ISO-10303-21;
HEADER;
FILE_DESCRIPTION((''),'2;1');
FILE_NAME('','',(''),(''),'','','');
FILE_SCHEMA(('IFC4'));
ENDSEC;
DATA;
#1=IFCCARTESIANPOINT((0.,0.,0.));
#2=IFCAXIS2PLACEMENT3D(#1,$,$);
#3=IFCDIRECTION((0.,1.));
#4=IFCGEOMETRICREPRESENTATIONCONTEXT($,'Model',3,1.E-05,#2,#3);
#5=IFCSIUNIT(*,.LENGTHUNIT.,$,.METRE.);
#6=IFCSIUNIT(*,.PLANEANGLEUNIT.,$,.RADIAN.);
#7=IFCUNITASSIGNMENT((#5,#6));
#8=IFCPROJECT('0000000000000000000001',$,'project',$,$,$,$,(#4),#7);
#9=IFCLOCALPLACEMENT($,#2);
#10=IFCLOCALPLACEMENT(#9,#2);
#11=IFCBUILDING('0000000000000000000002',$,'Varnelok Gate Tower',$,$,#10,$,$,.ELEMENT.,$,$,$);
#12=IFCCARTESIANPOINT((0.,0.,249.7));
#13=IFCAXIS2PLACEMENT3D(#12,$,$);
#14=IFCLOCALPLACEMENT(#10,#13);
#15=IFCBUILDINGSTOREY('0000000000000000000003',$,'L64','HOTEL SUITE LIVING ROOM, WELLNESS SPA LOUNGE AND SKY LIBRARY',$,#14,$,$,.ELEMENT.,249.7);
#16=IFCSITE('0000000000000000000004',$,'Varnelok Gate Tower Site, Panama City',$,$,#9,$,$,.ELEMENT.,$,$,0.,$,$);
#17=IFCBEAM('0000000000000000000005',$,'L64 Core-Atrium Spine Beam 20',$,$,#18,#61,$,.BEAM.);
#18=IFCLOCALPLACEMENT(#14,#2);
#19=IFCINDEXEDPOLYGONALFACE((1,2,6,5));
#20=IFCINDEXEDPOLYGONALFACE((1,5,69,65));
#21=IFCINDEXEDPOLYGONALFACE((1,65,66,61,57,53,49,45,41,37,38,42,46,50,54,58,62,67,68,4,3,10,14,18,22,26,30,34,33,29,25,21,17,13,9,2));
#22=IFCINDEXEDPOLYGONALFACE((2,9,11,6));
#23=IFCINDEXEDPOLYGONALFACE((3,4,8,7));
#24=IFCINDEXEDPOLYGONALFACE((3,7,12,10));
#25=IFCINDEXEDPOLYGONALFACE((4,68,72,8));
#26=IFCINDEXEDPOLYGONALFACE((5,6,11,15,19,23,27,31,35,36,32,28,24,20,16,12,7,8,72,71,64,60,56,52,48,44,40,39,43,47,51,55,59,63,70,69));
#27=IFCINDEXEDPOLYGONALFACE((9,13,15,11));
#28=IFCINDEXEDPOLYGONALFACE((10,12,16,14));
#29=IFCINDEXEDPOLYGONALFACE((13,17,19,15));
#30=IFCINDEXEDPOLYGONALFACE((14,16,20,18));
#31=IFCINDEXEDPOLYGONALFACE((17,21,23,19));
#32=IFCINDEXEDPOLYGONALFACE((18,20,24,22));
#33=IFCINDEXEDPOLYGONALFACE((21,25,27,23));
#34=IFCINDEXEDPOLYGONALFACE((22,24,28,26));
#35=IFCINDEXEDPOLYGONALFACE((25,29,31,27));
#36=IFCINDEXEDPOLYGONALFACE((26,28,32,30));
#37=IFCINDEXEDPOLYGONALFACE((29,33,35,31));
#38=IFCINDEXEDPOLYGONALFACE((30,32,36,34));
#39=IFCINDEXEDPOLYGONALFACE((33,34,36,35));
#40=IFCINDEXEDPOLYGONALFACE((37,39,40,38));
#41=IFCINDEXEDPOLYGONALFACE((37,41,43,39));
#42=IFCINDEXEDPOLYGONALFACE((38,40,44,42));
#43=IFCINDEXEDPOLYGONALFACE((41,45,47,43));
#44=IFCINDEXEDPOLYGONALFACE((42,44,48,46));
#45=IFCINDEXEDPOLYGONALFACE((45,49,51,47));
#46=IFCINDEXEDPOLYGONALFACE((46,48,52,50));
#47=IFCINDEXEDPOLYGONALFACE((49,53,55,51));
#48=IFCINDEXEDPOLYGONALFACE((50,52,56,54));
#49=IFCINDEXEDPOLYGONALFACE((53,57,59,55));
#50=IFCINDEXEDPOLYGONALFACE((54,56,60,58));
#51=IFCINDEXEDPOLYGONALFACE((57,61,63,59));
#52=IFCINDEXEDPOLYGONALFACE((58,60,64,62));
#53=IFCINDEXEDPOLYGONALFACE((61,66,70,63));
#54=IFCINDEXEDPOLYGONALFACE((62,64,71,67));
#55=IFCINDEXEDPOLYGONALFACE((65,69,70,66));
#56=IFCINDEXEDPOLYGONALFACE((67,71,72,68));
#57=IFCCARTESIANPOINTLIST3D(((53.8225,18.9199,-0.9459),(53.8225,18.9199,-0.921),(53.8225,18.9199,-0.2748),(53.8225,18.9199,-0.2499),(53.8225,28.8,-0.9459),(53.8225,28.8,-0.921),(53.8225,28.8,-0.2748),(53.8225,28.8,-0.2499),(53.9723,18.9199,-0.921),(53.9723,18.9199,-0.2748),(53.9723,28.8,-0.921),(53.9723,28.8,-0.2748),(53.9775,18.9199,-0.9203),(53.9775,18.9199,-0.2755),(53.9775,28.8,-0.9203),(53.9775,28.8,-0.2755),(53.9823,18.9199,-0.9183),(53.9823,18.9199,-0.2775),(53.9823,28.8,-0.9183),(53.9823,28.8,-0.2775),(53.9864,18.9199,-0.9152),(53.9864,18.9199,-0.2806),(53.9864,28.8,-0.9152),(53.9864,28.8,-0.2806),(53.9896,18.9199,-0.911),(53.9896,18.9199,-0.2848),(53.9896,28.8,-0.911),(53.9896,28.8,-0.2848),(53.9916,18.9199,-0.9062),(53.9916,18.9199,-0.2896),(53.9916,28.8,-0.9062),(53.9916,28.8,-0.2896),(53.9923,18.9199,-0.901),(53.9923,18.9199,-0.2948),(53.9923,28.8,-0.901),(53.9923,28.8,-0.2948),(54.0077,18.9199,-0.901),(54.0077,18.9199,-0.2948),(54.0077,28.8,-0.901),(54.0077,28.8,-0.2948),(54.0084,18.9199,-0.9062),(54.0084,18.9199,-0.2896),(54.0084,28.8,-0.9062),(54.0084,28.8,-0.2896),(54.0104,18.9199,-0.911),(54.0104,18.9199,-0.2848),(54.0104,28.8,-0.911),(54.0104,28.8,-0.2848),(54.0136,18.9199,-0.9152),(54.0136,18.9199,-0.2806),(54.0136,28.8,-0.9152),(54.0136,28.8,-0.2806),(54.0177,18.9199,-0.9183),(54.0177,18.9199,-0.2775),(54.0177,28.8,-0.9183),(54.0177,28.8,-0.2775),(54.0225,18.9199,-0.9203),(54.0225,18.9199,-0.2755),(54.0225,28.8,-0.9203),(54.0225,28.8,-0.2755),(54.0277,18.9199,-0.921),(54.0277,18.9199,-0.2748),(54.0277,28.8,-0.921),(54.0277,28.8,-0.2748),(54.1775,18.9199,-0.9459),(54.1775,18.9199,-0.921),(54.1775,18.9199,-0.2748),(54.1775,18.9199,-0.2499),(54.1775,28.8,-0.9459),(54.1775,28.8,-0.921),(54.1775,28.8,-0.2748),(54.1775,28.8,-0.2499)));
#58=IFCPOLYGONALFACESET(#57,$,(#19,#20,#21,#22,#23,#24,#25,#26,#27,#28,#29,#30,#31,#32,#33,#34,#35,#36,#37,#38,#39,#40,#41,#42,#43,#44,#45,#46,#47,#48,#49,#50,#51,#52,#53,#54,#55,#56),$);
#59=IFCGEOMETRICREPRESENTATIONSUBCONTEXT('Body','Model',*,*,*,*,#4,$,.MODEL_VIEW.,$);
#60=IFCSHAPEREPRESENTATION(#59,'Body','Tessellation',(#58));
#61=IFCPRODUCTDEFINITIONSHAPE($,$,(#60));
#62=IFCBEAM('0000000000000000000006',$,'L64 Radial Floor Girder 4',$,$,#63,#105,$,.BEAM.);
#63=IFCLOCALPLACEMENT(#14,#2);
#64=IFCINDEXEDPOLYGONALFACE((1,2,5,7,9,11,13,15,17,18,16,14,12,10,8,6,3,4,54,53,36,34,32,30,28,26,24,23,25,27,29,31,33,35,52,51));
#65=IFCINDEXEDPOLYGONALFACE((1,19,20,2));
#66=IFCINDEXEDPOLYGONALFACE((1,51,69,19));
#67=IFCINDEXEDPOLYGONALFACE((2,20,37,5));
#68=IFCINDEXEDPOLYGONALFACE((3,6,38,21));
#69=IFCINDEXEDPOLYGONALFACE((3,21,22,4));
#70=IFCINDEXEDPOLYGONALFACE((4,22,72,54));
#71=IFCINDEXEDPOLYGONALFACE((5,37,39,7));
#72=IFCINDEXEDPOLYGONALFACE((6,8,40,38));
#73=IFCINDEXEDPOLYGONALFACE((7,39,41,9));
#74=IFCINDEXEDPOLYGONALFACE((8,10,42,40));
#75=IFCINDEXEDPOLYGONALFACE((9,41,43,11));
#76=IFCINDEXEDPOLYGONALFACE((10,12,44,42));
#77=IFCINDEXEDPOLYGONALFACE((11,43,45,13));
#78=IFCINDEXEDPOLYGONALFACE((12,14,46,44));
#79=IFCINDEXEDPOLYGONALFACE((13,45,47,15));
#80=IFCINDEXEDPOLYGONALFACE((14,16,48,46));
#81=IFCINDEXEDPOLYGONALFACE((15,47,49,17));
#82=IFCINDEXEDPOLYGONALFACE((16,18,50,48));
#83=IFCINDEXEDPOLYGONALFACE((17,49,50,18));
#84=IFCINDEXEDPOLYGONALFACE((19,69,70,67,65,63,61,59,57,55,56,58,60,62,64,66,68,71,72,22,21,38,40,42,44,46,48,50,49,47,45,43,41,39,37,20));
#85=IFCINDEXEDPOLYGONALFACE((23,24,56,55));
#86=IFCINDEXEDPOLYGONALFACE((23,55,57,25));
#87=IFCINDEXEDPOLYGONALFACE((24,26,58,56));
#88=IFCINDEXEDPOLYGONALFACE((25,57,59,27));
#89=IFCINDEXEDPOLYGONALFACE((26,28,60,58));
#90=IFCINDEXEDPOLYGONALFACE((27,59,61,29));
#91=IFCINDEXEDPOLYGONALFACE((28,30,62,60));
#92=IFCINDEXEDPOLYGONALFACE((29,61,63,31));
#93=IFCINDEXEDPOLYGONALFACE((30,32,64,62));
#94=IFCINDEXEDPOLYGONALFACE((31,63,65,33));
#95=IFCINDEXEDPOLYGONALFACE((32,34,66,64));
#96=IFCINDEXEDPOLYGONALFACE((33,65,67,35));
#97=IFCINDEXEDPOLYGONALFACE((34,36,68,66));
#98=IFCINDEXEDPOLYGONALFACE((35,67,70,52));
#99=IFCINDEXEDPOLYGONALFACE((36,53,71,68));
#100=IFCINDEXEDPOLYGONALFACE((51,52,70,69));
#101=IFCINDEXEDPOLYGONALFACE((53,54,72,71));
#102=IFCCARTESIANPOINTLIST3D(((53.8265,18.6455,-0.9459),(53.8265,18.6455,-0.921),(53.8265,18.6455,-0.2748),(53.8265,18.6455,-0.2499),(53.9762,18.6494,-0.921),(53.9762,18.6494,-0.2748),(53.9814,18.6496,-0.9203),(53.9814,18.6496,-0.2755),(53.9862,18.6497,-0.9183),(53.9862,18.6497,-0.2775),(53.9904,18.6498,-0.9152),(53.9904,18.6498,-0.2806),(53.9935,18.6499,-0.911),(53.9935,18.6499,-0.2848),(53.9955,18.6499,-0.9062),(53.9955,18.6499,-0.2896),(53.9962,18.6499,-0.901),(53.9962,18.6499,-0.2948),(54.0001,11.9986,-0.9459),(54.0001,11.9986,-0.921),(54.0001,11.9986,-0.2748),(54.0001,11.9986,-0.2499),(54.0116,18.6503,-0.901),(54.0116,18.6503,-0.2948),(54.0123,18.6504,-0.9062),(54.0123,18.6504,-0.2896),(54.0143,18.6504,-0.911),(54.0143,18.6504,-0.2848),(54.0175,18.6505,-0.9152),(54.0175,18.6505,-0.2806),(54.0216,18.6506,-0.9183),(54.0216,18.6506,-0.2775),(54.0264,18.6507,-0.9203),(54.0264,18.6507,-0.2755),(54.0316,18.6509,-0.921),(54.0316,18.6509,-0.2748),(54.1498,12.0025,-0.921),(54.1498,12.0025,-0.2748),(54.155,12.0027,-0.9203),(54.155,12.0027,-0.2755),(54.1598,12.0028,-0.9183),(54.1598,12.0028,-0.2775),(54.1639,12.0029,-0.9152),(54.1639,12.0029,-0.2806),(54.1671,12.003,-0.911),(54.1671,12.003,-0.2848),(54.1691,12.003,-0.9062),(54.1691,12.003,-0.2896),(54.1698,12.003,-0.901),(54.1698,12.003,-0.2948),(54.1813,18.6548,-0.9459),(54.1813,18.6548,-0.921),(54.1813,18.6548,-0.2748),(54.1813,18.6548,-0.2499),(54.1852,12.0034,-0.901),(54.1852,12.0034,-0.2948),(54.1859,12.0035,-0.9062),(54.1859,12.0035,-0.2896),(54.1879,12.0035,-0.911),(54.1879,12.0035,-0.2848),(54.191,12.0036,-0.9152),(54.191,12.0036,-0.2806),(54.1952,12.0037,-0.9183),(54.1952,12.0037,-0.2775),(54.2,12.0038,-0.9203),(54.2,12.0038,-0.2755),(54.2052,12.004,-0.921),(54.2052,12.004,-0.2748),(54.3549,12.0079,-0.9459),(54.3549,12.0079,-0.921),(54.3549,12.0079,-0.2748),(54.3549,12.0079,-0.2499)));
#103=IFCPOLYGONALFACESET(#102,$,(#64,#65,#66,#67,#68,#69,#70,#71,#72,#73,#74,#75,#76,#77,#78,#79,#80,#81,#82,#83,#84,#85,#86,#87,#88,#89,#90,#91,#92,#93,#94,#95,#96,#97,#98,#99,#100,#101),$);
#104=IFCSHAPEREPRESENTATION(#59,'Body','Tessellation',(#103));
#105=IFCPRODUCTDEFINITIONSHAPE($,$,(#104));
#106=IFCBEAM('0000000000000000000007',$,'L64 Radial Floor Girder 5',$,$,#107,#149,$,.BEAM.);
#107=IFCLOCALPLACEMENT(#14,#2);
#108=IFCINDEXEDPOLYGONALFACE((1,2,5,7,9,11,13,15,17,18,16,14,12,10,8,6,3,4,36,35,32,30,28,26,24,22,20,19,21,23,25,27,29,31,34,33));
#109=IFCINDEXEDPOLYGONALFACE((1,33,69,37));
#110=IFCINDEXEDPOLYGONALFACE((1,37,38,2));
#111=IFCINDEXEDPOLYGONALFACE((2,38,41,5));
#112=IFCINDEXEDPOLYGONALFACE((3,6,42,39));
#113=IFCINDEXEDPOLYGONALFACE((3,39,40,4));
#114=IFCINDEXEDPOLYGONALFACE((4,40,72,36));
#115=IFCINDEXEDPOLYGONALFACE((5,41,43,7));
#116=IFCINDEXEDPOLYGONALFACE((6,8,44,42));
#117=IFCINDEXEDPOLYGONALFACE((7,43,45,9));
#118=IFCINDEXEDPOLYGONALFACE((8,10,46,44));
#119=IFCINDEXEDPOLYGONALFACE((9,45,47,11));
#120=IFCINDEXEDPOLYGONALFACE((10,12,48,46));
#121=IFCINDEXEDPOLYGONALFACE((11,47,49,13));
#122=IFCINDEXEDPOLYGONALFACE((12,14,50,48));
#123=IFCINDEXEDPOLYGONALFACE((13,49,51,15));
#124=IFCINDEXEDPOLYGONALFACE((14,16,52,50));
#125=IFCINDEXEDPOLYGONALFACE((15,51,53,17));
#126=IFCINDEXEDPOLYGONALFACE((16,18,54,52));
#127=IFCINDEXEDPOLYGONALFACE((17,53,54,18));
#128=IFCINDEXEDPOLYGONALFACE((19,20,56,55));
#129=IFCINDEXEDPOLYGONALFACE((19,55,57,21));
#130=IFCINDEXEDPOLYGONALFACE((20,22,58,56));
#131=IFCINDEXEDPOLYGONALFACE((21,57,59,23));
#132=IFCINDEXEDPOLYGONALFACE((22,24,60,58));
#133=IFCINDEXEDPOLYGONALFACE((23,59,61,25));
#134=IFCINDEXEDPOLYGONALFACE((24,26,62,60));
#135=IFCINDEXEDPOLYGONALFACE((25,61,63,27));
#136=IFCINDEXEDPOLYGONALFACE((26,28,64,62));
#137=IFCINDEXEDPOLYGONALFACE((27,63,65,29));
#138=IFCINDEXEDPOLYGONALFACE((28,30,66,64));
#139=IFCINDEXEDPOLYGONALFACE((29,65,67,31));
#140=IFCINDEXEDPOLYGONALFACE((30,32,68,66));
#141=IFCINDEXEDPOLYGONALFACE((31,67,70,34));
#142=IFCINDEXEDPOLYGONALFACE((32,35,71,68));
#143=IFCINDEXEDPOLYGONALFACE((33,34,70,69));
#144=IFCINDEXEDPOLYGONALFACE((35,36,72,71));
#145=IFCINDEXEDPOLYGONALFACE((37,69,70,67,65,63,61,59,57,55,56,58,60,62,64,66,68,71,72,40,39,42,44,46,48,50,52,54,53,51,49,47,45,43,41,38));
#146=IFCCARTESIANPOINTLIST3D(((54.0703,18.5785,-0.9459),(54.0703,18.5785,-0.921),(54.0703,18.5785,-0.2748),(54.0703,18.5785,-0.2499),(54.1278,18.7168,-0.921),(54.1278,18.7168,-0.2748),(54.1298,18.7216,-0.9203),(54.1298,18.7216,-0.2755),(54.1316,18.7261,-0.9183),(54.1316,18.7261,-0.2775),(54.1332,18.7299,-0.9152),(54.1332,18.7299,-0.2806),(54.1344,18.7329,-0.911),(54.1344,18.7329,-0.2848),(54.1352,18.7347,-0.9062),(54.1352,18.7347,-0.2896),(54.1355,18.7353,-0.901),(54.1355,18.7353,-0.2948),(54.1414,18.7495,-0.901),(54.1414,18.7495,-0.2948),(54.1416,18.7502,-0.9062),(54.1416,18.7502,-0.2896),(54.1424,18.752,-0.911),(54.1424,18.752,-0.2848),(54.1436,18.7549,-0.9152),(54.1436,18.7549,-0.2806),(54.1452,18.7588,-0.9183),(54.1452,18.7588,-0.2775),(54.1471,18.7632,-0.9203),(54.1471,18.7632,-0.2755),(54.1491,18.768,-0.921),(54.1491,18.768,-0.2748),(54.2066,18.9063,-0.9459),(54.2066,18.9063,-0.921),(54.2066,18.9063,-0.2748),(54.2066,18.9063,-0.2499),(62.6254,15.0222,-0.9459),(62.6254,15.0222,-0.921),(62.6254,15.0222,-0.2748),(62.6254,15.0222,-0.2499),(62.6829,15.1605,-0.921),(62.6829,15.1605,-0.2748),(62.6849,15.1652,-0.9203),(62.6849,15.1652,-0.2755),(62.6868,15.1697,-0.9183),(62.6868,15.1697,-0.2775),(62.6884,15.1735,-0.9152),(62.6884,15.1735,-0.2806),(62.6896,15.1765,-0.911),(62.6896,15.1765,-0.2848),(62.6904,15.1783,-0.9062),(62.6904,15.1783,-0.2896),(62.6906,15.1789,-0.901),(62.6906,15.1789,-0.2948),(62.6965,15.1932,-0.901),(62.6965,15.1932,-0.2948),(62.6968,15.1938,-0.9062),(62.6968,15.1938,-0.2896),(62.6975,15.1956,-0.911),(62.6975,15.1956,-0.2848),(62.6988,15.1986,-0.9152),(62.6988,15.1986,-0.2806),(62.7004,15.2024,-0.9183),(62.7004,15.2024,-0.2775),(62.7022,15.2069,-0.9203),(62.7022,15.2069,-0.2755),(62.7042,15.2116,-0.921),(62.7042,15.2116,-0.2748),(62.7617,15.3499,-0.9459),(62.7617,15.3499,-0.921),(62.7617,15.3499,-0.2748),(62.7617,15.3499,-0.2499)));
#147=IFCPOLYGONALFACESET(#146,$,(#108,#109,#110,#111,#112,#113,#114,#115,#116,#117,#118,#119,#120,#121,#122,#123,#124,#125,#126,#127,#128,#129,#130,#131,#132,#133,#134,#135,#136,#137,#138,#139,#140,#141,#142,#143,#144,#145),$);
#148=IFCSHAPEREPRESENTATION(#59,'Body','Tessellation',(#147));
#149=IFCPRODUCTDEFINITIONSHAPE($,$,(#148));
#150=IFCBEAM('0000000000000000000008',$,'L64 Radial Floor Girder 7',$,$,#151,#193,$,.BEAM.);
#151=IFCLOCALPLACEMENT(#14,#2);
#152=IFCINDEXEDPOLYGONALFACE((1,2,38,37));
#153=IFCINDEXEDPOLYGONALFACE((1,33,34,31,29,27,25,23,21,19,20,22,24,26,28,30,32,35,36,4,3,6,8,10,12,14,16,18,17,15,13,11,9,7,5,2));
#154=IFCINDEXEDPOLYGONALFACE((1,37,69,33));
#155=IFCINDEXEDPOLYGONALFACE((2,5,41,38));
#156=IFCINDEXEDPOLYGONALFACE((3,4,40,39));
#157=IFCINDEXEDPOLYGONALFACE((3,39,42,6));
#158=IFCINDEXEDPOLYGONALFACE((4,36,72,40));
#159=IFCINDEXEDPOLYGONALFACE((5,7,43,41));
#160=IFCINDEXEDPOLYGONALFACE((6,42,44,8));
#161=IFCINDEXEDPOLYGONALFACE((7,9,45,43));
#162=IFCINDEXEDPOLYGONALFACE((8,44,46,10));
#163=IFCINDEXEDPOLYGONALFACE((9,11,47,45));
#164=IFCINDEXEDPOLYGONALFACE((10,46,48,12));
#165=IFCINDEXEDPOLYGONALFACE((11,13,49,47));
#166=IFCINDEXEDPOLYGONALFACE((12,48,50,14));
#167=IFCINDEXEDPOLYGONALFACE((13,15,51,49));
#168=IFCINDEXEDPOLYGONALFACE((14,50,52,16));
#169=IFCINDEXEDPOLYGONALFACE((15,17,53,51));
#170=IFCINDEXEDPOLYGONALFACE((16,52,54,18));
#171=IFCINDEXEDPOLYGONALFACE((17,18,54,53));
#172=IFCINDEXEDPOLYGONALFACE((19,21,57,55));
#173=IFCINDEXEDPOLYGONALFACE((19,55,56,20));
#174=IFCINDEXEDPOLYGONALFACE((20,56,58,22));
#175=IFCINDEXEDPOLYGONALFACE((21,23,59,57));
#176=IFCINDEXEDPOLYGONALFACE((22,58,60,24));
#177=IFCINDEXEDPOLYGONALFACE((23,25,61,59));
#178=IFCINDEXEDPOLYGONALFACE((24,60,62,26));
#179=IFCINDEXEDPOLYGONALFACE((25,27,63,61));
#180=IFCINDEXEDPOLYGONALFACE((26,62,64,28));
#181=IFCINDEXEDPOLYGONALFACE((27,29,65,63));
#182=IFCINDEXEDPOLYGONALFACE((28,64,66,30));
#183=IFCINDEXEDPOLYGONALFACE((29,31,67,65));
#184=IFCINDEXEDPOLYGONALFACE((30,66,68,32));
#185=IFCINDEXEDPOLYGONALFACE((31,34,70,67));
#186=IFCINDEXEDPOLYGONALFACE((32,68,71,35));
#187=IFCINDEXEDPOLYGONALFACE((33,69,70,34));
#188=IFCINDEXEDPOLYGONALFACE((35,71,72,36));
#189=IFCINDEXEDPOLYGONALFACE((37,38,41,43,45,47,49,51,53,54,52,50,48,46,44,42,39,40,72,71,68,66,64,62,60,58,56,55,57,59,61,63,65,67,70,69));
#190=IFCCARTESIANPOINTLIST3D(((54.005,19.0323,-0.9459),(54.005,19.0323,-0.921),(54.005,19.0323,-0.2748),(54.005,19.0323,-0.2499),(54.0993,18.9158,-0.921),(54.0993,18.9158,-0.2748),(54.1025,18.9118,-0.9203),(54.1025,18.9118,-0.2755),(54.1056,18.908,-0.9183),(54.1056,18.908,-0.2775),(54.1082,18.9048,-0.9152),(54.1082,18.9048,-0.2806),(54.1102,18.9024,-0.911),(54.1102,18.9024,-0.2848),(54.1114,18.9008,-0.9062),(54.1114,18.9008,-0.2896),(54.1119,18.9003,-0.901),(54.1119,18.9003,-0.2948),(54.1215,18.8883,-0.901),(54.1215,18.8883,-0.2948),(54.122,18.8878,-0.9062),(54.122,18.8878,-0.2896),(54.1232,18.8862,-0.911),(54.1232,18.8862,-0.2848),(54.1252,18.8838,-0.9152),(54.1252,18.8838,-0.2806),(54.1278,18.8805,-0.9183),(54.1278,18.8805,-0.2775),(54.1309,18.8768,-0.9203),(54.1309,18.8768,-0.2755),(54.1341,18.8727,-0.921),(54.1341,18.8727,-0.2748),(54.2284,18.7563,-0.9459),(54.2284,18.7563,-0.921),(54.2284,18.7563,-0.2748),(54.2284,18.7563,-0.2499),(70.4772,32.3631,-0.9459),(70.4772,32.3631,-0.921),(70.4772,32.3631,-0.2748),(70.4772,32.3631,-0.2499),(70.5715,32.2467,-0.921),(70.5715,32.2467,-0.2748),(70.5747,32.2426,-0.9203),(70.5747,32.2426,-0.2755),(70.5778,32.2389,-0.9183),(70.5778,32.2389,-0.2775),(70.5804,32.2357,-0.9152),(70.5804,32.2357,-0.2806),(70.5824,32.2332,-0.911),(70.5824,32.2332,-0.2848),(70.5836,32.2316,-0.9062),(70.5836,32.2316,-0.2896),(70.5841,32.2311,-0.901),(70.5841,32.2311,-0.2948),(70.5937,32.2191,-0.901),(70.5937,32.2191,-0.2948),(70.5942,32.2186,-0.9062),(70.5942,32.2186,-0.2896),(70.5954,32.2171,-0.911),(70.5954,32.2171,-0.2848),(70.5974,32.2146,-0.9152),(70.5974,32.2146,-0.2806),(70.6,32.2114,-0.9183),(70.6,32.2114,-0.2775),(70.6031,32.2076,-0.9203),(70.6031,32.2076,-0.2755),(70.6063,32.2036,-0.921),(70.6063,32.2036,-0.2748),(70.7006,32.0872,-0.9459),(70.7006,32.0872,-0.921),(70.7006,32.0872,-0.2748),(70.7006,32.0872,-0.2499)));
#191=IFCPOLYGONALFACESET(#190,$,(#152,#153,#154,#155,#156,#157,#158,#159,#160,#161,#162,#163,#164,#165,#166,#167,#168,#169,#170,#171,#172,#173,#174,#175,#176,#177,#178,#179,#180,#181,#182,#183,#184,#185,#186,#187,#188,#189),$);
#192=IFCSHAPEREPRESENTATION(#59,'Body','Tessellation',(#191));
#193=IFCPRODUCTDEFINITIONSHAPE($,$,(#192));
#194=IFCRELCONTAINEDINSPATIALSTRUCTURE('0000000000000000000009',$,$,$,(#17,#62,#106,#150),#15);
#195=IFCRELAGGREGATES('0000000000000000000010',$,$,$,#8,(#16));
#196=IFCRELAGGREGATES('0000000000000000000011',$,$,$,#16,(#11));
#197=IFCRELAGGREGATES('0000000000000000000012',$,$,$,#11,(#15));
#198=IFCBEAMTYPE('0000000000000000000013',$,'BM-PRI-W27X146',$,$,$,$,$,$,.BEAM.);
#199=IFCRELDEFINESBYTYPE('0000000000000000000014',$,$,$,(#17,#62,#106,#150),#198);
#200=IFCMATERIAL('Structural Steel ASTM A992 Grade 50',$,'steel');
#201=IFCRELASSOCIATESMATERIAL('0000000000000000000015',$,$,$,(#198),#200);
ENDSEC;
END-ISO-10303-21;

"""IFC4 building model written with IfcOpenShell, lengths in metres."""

from ifc_helpers import new_model, si_unit, direction, frame, origin, origin_2d, place, context, subcontext, project, spatial, i_section, extrude, material, material_profile, profile_set, type_object, element, save


model = new_model("IFC4")

# Units and contexts
model_context = context("Model", 3, precision=1e-05, world=origin(), true_north=direction((0.0, 1.0)))
body_context = subcontext(model_context, "Body", "Model", "MODEL_VIEW")
ifc_project = project(units=[si_unit("LENGTHUNIT", "METRE"), si_unit("PLANEANGLEUNIT", "RADIAN")], contexts=[model_context])

# Site, building, storey
site_placement = place(None, origin())
site = spatial("IfcSite", under=ifc_project, at=site_placement, Name="Varnelok Gate Tower Site, Panama City", CompositionType="ELEMENT", RefElevation=0.0)
building_placement = place(site_placement, origin())
building = spatial("IfcBuilding", under=site, at=building_placement, Name="Varnelok Gate Tower", CompositionType="ELEMENT")
storey_placement = place(building_placement, frame((0.0, 0.0, 249.7)))
storey = spatial("IfcBuildingStorey", under=building, at=storey_placement, Name="L64", Description="HOTEL SUITE LIVING ROOM, WELLNESS SPA LOUNGE AND SKY LIBRARY", CompositionType="ELEMENT", Elevation=249.7)

# Shared definitions
ifc_material_1 = material(Name="Structural Steel ASTM A992 Grade 50", Category="steel")

# Beams
ifc_material_profile_1 = material_profile(ifc_material_1, i_section(OverallWidth=0.355, OverallDepth=0.696, WebThickness=0.0154, FlangeThickness=0.0249, FilletRadius=0.02, at=origin_2d()), Name="W27X146")
ifc_profile_set_1 = profile_set([ifc_material_profile_1], Name="Structural Steel ASTM A992 Grade 50")
beam_type_1 = type_object("IfcBeamType", Name="BM-PRI-W27X146", PredefinedType="BEAM", material=ifc_profile_set_1)
beam_1_placement = place(storey_placement, frame((54.0, 18.9199, -0.5979), z_axis=(0.0, 1.0, 0.0), x_axis=(-1.0, 0.0, 0.0)))
element("IfcBeam", 1, at=beam_1_placement, inside=storey, type_object=beam_type_1, Name="L64 Core-Atrium Spine Beam 20", PredefinedType="BEAM", context=body_context, shape_type="SweptSolid", body=[
    extrude(i_section(OverallWidth=0.355, OverallDepth=0.696, WebThickness=0.0154, FlangeThickness=0.0249, FilletRadius=0.02, at=origin_2d()), origin(), (0.0, 0.0, 1.0), 9.8801),
])
beam_2_placement = place(storey_placement, frame((54.0039, 18.6501, -0.5979), z_axis=(0.026106, -0.999659, 0.0), x_axis=(0.999659, 0.026106, 0.0)))
element("IfcBeam", 2, at=beam_2_placement, inside=storey, type_object=beam_type_1, Name="L64 Radial Floor Girder 4", PredefinedType="BEAM", context=body_context, shape_type="SweptSolid", body=[
    extrude(i_section(OverallWidth=0.355, OverallDepth=0.696, WebThickness=0.0154, FlangeThickness=0.0249, FilletRadius=0.02, at=origin_2d()), origin(), (0.0, 0.0, 1.0), 6.6492),
])
beam_3_placement = place(storey_placement, frame((54.1384, 18.7424, -0.5979), z_axis=(0.923393, -0.383856, 0.0), x_axis=(0.383856, 0.923393, 0.0)))
element("IfcBeam", 3, at=beam_3_placement, inside=storey, type_object=beam_type_1, Name="L64 Radial Floor Girder 5", PredefinedType="BEAM", context=body_context, shape_type="SweptSolid", body=[
    extrude(i_section(OverallWidth=0.355, OverallDepth=0.696, WebThickness=0.0154, FlangeThickness=0.0249, FilletRadius=0.02, at=origin_2d()), origin(), (0.0, 0.0, 1.0), 9.2649),
])
beam_4_placement = place(storey_placement, frame((54.1167, 18.8943, -0.5979), z_axis=(0.777333, 0.62909, 0.0), x_axis=(-0.62909, 0.777333, 0.0)))
element("IfcBeam", 4, at=beam_4_placement, inside=storey, type_object=beam_type_1, Name="L64 Radial Floor Girder 7", PredefinedType="BEAM", context=body_context, shape_type="SweptSolid", body=[
    extrude(i_section(OverallWidth=0.355, OverallDepth=0.696, WebThickness=0.0154, FlangeThickness=0.0249, FilletRadius=0.02, at=origin_2d()), origin(), (0.0, 0.0, 1.0), 21.1907),
])

save(model, "model.ifc")
